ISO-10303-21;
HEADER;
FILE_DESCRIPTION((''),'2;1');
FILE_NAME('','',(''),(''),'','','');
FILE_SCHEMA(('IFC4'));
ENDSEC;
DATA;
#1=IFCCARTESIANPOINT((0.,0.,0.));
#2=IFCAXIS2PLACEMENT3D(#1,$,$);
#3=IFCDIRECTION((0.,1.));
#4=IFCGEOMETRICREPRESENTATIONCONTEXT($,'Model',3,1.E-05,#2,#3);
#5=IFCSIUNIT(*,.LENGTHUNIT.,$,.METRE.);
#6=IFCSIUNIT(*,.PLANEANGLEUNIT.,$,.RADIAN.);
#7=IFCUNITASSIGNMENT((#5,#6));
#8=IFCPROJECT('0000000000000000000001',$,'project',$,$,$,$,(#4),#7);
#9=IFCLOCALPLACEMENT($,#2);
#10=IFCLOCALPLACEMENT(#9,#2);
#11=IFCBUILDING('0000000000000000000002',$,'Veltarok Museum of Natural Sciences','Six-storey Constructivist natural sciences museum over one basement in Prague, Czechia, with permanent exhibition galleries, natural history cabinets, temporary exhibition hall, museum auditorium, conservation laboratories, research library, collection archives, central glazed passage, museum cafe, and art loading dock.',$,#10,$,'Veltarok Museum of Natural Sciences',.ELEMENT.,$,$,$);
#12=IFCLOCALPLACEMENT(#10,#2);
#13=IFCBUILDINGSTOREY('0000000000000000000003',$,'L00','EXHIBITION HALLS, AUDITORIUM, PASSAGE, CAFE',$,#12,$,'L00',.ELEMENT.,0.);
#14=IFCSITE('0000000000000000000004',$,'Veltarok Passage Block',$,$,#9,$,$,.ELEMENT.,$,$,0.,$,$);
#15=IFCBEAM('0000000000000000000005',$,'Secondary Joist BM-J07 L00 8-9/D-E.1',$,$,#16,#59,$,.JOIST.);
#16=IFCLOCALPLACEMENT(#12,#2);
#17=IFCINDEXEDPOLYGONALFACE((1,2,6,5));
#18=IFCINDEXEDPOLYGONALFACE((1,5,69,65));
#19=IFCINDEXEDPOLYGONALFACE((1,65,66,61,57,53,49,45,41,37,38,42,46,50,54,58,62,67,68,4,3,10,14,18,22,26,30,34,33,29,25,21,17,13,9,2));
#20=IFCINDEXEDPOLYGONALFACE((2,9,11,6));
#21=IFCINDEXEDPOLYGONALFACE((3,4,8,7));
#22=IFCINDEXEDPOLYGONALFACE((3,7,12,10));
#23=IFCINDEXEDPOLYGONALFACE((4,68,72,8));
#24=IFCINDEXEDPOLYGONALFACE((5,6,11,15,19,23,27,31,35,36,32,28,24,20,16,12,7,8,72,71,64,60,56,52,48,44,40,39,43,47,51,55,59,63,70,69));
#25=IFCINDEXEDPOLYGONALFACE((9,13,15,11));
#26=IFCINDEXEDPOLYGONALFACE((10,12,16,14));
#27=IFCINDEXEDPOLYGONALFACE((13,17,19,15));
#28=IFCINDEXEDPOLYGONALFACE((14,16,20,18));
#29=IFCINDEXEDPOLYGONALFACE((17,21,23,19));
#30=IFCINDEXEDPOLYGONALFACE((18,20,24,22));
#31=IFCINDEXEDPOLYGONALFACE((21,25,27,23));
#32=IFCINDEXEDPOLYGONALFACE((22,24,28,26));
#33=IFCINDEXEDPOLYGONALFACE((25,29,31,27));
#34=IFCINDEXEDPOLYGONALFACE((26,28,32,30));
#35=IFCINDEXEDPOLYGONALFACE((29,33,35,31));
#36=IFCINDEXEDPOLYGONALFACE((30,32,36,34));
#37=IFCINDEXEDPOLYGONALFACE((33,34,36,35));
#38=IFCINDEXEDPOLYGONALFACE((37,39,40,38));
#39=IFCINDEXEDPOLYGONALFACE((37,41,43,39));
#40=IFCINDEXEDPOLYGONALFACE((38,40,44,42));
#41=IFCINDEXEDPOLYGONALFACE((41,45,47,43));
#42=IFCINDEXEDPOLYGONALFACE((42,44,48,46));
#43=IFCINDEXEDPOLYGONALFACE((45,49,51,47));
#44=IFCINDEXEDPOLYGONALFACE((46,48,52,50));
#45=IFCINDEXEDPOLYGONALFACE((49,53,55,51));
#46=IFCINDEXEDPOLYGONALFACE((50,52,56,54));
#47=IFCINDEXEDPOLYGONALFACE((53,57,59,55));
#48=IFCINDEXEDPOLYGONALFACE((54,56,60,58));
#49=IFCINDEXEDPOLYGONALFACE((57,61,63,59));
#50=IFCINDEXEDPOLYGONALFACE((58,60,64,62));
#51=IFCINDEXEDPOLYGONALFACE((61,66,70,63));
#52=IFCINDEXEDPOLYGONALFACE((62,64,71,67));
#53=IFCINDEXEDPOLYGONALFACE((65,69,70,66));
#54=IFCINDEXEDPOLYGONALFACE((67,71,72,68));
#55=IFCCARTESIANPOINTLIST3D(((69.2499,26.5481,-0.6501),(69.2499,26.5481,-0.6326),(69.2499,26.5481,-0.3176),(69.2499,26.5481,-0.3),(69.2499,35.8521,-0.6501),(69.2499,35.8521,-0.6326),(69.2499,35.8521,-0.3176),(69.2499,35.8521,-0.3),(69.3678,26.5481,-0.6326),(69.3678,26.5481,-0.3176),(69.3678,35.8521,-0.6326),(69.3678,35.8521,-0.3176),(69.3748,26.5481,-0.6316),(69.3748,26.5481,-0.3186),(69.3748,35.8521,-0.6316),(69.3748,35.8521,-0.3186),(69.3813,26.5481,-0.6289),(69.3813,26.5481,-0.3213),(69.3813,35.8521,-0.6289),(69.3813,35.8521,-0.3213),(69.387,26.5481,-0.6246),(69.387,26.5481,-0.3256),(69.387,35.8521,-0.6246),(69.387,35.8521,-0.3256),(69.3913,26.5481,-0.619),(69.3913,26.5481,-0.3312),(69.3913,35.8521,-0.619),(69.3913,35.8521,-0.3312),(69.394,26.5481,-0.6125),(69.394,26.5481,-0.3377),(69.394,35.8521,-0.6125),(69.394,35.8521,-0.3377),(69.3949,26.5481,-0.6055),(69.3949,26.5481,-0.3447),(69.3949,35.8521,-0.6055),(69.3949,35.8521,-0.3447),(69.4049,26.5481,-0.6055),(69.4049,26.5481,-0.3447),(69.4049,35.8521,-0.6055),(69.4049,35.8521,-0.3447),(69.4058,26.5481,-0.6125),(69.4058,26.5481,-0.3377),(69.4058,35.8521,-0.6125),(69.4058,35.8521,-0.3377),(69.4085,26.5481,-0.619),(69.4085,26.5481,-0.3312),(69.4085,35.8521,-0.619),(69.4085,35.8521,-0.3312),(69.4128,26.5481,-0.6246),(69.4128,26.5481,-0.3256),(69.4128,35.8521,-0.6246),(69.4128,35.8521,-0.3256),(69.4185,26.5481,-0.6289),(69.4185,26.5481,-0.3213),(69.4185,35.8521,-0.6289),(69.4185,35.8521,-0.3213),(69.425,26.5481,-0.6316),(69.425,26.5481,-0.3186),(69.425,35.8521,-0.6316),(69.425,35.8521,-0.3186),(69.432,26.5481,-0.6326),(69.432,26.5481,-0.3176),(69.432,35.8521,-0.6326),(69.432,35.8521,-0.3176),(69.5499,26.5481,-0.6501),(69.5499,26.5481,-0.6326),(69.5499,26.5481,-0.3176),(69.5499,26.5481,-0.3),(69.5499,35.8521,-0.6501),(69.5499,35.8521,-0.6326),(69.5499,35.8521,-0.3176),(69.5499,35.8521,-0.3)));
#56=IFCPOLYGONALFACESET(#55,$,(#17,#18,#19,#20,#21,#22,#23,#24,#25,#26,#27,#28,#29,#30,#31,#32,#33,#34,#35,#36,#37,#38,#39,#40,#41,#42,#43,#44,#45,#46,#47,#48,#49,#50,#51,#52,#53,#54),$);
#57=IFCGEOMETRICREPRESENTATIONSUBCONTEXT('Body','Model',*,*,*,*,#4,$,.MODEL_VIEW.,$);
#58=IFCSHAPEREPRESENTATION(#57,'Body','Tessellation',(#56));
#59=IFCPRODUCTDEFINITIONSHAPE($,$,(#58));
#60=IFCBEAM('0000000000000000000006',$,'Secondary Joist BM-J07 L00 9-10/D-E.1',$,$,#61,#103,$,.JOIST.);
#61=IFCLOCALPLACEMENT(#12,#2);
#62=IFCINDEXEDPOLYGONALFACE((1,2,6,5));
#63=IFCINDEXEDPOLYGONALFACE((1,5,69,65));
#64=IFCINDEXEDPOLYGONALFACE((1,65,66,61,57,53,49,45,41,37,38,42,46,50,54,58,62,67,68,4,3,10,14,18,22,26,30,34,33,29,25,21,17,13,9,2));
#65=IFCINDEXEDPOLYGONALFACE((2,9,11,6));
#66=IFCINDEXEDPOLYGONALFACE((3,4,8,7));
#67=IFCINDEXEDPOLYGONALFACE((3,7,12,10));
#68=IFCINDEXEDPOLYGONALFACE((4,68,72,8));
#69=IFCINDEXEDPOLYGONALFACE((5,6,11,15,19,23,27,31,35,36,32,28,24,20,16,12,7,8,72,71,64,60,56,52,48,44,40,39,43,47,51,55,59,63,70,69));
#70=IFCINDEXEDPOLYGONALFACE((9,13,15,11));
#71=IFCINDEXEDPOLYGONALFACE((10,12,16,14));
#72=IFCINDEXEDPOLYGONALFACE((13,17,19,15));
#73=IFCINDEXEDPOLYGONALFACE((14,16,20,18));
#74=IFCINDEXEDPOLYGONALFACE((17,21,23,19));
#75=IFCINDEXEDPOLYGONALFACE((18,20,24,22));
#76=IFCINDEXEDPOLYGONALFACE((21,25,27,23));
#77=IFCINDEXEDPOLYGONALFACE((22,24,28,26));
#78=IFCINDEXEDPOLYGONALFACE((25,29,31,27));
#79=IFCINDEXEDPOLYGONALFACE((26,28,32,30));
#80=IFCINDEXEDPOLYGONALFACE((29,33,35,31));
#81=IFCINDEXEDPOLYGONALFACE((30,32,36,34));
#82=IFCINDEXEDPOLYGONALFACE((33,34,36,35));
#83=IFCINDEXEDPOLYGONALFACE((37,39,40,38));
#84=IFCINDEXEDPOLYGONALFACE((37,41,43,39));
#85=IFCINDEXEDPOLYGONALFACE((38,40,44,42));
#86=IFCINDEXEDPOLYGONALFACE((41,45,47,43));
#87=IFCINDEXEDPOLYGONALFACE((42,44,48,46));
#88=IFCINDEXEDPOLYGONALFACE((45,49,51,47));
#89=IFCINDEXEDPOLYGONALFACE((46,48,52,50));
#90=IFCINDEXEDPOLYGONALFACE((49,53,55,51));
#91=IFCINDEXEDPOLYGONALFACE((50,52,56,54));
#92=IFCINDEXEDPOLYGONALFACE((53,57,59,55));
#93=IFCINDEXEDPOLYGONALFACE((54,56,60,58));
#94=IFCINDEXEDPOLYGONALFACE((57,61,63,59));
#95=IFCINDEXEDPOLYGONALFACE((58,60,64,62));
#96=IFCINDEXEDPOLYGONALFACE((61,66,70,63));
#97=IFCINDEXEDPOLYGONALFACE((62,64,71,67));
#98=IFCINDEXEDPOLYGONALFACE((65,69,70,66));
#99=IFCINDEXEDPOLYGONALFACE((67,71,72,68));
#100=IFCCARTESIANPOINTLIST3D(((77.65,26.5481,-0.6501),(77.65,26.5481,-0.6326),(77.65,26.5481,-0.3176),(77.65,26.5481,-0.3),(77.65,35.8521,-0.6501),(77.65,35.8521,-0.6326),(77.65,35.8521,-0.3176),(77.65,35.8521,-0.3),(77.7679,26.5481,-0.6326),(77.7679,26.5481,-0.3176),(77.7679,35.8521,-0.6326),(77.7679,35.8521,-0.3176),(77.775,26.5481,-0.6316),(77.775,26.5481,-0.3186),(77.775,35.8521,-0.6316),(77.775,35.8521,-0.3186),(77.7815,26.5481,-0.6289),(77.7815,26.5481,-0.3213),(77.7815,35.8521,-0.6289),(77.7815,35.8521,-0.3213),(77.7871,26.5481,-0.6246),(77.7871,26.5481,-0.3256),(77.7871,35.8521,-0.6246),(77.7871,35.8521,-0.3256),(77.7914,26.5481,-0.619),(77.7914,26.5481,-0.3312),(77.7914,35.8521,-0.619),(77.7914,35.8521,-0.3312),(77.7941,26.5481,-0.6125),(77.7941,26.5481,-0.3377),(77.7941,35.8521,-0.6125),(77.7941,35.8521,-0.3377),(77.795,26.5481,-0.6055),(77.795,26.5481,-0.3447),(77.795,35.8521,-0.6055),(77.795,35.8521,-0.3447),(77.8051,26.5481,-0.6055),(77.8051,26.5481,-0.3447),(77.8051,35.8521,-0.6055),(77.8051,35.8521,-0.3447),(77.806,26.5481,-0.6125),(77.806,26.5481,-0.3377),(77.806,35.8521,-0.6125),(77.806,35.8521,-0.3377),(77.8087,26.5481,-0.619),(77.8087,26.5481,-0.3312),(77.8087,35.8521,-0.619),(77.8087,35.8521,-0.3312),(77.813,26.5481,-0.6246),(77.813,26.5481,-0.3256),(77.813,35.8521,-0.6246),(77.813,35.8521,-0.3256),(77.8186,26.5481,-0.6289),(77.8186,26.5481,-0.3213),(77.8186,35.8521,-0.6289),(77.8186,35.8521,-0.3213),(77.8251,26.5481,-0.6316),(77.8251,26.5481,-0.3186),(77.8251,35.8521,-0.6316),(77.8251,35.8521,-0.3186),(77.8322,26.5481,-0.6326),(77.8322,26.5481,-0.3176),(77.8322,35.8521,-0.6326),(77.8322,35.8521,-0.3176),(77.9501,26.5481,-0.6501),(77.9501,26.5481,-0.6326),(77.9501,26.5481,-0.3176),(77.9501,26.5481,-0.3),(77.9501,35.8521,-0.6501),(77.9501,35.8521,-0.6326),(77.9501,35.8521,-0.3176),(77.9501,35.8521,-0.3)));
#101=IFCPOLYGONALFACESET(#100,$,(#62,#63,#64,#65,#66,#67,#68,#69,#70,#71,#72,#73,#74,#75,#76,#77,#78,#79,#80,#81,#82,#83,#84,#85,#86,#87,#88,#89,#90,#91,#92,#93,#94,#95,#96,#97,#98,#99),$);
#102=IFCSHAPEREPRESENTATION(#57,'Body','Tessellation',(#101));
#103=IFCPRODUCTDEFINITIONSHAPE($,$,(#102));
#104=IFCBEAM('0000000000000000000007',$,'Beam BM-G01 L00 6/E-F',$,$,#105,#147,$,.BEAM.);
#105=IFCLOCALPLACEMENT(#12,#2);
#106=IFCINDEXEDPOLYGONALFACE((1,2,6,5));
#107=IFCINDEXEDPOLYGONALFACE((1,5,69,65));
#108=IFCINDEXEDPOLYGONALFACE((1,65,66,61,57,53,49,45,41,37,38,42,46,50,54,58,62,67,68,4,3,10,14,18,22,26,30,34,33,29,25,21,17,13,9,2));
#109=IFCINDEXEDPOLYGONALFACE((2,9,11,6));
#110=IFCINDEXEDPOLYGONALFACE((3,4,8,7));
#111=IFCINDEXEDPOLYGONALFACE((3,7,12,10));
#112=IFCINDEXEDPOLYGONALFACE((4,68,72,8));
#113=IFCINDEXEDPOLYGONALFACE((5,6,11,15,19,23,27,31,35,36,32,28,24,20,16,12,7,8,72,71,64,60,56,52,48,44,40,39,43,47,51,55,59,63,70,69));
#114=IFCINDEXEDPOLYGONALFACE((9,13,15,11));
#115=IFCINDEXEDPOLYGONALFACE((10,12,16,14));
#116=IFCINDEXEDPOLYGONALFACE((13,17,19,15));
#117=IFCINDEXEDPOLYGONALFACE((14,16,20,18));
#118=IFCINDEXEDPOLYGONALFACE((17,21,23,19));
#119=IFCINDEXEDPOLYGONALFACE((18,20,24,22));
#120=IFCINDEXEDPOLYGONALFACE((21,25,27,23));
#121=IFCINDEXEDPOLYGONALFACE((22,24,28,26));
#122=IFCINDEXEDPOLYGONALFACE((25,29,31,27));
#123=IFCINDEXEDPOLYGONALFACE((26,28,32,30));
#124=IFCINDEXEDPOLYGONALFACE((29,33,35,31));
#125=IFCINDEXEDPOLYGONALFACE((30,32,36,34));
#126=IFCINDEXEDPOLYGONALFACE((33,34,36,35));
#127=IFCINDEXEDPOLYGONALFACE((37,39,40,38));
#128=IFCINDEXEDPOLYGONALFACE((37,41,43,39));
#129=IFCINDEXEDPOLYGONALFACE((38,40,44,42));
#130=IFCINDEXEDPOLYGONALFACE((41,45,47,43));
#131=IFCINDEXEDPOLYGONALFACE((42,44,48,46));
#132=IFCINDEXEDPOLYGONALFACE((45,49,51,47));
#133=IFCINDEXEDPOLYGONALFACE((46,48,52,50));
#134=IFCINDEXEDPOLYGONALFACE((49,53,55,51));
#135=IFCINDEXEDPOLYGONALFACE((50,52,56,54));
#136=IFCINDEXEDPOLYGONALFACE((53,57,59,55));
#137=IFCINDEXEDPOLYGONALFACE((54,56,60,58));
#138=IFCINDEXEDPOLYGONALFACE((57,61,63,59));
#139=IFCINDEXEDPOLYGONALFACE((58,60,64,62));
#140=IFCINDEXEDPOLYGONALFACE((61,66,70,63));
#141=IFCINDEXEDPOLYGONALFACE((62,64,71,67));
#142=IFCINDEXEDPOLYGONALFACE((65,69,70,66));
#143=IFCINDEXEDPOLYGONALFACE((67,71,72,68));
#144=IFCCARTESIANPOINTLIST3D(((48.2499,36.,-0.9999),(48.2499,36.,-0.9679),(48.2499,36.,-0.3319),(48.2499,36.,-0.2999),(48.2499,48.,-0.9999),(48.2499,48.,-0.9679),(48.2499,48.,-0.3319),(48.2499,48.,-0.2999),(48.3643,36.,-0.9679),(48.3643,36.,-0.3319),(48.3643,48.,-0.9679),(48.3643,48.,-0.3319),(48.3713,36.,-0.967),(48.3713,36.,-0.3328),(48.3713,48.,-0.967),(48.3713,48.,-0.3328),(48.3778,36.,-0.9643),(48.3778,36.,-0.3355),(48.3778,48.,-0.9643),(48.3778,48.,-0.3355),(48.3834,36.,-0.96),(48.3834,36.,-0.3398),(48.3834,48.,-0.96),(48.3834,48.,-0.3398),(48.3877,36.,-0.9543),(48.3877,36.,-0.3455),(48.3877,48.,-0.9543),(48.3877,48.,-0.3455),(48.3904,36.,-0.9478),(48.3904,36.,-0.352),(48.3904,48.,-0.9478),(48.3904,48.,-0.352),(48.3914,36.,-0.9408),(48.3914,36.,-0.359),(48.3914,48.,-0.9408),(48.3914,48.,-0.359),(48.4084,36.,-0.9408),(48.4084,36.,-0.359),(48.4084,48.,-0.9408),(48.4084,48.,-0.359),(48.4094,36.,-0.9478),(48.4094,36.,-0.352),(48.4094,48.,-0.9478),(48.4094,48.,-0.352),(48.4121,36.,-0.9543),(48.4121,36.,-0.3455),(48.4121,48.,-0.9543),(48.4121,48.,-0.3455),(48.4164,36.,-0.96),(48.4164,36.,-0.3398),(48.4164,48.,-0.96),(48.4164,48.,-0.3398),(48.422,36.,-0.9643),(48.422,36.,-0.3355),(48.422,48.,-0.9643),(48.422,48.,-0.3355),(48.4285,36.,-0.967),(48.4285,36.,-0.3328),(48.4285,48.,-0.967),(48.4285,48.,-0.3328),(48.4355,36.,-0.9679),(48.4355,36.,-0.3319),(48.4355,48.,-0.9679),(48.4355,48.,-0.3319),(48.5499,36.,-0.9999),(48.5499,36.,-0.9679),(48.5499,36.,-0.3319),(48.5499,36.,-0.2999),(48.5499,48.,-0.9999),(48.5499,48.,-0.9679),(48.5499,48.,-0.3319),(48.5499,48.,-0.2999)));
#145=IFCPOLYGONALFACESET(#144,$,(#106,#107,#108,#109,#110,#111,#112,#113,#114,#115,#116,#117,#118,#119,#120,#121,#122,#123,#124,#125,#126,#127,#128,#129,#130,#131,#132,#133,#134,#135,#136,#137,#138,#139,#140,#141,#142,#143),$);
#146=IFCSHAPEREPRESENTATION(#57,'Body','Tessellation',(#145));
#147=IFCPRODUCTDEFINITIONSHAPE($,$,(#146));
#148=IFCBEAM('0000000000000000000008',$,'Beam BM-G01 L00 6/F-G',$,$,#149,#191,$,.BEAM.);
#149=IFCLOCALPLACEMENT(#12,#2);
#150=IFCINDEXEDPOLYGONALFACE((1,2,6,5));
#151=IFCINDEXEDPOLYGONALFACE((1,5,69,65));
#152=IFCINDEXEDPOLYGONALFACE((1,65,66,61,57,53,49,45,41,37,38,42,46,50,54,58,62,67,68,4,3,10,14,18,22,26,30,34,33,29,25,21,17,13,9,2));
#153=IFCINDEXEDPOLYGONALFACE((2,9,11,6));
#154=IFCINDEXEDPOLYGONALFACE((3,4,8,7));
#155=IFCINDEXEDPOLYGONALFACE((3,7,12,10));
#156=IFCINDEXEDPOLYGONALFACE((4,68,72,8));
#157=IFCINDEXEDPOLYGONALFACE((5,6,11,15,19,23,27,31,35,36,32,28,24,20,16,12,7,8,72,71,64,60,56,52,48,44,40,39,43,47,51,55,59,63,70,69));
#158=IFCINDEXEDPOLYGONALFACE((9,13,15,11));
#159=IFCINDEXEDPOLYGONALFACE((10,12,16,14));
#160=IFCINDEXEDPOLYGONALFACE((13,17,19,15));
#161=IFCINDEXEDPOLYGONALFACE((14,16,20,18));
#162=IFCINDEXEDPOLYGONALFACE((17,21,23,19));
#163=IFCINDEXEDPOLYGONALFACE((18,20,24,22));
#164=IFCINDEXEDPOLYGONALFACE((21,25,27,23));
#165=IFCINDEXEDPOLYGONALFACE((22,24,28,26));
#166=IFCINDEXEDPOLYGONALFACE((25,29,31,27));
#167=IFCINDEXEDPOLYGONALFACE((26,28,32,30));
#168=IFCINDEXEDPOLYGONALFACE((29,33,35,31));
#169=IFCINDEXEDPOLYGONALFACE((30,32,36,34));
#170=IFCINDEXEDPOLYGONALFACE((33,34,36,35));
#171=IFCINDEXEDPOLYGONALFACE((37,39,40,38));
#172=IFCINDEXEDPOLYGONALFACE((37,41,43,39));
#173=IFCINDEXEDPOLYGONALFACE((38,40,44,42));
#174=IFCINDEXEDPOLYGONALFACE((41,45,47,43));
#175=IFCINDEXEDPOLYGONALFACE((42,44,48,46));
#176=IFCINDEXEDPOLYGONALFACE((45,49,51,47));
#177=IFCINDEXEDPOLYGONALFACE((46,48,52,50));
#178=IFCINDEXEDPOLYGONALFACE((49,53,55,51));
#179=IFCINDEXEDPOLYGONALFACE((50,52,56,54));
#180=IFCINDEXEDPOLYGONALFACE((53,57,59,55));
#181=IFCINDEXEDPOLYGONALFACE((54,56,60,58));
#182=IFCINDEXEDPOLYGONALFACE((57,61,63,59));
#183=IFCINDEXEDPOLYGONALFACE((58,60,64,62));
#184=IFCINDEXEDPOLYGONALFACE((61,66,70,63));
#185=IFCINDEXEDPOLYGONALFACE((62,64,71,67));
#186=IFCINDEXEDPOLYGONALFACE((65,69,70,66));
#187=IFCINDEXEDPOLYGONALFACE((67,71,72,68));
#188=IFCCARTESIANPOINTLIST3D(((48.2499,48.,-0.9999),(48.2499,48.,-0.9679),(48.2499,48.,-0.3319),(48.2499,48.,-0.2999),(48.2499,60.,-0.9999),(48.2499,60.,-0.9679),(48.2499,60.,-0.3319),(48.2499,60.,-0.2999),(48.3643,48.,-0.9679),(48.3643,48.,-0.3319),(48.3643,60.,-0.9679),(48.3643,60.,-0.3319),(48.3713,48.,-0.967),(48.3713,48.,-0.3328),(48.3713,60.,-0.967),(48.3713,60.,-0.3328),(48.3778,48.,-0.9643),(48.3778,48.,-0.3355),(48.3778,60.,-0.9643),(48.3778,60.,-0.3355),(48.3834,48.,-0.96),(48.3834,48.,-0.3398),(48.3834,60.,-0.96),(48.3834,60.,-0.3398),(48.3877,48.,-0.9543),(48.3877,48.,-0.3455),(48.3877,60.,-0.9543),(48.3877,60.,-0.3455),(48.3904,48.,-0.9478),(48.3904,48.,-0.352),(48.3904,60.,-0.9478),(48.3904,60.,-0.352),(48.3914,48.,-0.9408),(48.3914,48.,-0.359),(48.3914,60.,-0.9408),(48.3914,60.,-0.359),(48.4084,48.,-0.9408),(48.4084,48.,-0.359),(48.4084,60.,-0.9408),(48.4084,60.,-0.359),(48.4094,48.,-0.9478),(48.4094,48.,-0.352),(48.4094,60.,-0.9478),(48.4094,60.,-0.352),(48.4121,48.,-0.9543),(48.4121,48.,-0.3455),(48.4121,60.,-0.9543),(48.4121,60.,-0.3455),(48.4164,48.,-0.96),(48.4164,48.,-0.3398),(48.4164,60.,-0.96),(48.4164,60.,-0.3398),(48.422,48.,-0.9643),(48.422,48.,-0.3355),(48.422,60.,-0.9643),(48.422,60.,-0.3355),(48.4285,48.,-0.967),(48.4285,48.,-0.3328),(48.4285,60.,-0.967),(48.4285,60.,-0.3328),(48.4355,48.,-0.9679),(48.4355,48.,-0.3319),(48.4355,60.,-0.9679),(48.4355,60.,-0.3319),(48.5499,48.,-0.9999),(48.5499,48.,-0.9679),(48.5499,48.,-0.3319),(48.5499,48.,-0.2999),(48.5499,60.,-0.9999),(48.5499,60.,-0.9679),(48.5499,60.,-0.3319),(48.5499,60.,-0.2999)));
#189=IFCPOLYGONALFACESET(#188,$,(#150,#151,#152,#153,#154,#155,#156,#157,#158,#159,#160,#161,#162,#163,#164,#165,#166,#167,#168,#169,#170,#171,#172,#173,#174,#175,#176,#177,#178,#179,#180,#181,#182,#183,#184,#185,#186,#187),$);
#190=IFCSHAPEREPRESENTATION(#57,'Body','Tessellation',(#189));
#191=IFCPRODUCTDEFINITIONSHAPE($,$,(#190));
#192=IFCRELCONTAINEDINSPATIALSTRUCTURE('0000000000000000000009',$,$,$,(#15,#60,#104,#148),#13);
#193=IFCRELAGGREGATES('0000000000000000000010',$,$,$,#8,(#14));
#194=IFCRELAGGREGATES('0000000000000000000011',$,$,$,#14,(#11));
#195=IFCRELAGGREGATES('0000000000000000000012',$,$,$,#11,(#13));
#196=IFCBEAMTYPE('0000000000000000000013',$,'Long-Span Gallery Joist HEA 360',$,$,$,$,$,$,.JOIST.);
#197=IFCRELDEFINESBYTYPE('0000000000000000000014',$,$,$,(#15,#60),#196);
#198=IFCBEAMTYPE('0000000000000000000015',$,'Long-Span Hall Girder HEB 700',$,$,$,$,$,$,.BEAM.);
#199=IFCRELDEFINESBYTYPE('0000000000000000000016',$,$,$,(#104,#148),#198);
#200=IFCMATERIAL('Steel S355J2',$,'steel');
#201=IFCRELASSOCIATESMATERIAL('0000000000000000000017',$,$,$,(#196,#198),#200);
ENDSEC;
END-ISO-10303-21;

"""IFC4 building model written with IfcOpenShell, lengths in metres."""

from ifc_helpers import new_model, si_unit, direction, frame, origin, origin_2d, place, context, subcontext, project, spatial, i_section, extrude, material, material_profile, profile_set, type_object, element, save


model = new_model("IFC4")

# Units and contexts
model_context = context("Model", 3, precision=1e-05, world=origin(), true_north=direction((0.0, 1.0)))
body_context = subcontext(model_context, "Body", "Model", "MODEL_VIEW")
ifc_project = project(units=[si_unit("LENGTHUNIT", "METRE"), si_unit("PLANEANGLEUNIT", "RADIAN")], contexts=[model_context])

# Site, building, storey
site_placement = place(None, origin())
site = spatial("IfcSite", under=ifc_project, at=site_placement, Name="Veltarok Passage Block", CompositionType="ELEMENT", RefElevation=0.0)
building_placement = place(site_placement, origin())
building = spatial("IfcBuilding", under=site, at=building_placement, Name="Veltarok Museum of Natural Sciences", Description="Six-storey Constructivist natural sciences museum over one basement in Prague, Czechia, with permanent exhibition galleries, natural history cabinets, temporary exhibition hall, museum auditorium, conservation laboratories, research library, collection archives, central glazed passage, museum cafe, and art loading dock.", LongName="Veltarok Museum of Natural Sciences", CompositionType="ELEMENT")
storey_placement = place(building_placement, origin())
storey = spatial("IfcBuildingStorey", under=building, at=storey_placement, Name="L00", Description="EXHIBITION HALLS, AUDITORIUM, PASSAGE, CAFE", LongName="L00", CompositionType="ELEMENT", Elevation=0.0)

# Shared definitions
ifc_material_1 = material(Name="Steel S355J2", Category="steel")

# Beams
ifc_material_profile_1 = material_profile(ifc_material_1, i_section(OverallWidth=0.3, OverallDepth=0.3501, WebThickness=0.01, FlangeThickness=0.0176, FilletRadius=0.0271, at=origin_2d()), Name="HEA 360")
ifc_profile_set_1 = profile_set([ifc_material_profile_1], Name="Steel S355J2")
beam_type_1 = type_object("IfcBeamType", Name="Long-Span Gallery Joist HEA 360", PredefinedType="JOIST", material=ifc_profile_set_1)
for number, where, z_axis, x_axis, name in (
    (1, (69.3999, 26.5481, -0.4751), (0.0, 1.0, 0.0), (-1.0, 0.0, 0.0), "Secondary Joist BM-J07 L00 8-9/D-E.1"),
    (2, (77.8, 26.5481, -0.4751), (0.0, 1.0, 0.0), (-1.0, 0.0, 0.0), "Secondary Joist BM-J07 L00 9-10/D-E.1"),
):
    element("IfcBeam", number, at=place(storey_placement, frame(where, z_axis=z_axis, x_axis=x_axis)), inside=storey, type_object=beam_type_1, Name=name, PredefinedType="JOIST", context=body_context, shape_type="SweptSolid", body=[
        extrude(i_section(OverallWidth=0.3, OverallDepth=0.3501, WebThickness=0.01, FlangeThickness=0.0176, FilletRadius=0.0271, at=origin_2d()), origin(), (0.0, 0.0, 1.0), 9.304),
    ])
ifc_material_profile_2 = material_profile(ifc_material_1, i_section(OverallWidth=0.3, OverallDepth=0.7, WebThickness=0.0171, FlangeThickness=0.032, FilletRadius=0.0271, at=origin_2d()), Name="HEB 700")
ifc_profile_set_2 = profile_set([ifc_material_profile_2], Name="Steel S355J2")
beam_type_2 = type_object("IfcBeamType", Name="Long-Span Hall Girder HEB 700", PredefinedType="BEAM", material=ifc_profile_set_2)
for number, where, z_axis, x_axis, name in (
    (3, (48.3999, 36.0, -0.6499), (0.0, 1.0, 0.0), (-1.0, 0.0, 0.0), "Beam BM-G01 L00 6/E-F"),
    (4, (48.3999, 48.0, -0.6499), (0.0, 1.0, 0.0), (-1.0, 0.0, 0.0), "Beam BM-G01 L00 6/F-G"),
):
    element("IfcBeam", number, at=place(storey_placement, frame(where, z_axis=z_axis, x_axis=x_axis)), inside=storey, type_object=beam_type_2, Name=name, PredefinedType="BEAM", context=body_context, shape_type="SweptSolid", body=[
        extrude(i_section(OverallWidth=0.3, OverallDepth=0.7, WebThickness=0.0171, FlangeThickness=0.032, FilletRadius=0.0271, at=origin_2d()), origin(), (0.0, 0.0, 1.0), 12.0),
    ])

save(model, "model.ifc")
